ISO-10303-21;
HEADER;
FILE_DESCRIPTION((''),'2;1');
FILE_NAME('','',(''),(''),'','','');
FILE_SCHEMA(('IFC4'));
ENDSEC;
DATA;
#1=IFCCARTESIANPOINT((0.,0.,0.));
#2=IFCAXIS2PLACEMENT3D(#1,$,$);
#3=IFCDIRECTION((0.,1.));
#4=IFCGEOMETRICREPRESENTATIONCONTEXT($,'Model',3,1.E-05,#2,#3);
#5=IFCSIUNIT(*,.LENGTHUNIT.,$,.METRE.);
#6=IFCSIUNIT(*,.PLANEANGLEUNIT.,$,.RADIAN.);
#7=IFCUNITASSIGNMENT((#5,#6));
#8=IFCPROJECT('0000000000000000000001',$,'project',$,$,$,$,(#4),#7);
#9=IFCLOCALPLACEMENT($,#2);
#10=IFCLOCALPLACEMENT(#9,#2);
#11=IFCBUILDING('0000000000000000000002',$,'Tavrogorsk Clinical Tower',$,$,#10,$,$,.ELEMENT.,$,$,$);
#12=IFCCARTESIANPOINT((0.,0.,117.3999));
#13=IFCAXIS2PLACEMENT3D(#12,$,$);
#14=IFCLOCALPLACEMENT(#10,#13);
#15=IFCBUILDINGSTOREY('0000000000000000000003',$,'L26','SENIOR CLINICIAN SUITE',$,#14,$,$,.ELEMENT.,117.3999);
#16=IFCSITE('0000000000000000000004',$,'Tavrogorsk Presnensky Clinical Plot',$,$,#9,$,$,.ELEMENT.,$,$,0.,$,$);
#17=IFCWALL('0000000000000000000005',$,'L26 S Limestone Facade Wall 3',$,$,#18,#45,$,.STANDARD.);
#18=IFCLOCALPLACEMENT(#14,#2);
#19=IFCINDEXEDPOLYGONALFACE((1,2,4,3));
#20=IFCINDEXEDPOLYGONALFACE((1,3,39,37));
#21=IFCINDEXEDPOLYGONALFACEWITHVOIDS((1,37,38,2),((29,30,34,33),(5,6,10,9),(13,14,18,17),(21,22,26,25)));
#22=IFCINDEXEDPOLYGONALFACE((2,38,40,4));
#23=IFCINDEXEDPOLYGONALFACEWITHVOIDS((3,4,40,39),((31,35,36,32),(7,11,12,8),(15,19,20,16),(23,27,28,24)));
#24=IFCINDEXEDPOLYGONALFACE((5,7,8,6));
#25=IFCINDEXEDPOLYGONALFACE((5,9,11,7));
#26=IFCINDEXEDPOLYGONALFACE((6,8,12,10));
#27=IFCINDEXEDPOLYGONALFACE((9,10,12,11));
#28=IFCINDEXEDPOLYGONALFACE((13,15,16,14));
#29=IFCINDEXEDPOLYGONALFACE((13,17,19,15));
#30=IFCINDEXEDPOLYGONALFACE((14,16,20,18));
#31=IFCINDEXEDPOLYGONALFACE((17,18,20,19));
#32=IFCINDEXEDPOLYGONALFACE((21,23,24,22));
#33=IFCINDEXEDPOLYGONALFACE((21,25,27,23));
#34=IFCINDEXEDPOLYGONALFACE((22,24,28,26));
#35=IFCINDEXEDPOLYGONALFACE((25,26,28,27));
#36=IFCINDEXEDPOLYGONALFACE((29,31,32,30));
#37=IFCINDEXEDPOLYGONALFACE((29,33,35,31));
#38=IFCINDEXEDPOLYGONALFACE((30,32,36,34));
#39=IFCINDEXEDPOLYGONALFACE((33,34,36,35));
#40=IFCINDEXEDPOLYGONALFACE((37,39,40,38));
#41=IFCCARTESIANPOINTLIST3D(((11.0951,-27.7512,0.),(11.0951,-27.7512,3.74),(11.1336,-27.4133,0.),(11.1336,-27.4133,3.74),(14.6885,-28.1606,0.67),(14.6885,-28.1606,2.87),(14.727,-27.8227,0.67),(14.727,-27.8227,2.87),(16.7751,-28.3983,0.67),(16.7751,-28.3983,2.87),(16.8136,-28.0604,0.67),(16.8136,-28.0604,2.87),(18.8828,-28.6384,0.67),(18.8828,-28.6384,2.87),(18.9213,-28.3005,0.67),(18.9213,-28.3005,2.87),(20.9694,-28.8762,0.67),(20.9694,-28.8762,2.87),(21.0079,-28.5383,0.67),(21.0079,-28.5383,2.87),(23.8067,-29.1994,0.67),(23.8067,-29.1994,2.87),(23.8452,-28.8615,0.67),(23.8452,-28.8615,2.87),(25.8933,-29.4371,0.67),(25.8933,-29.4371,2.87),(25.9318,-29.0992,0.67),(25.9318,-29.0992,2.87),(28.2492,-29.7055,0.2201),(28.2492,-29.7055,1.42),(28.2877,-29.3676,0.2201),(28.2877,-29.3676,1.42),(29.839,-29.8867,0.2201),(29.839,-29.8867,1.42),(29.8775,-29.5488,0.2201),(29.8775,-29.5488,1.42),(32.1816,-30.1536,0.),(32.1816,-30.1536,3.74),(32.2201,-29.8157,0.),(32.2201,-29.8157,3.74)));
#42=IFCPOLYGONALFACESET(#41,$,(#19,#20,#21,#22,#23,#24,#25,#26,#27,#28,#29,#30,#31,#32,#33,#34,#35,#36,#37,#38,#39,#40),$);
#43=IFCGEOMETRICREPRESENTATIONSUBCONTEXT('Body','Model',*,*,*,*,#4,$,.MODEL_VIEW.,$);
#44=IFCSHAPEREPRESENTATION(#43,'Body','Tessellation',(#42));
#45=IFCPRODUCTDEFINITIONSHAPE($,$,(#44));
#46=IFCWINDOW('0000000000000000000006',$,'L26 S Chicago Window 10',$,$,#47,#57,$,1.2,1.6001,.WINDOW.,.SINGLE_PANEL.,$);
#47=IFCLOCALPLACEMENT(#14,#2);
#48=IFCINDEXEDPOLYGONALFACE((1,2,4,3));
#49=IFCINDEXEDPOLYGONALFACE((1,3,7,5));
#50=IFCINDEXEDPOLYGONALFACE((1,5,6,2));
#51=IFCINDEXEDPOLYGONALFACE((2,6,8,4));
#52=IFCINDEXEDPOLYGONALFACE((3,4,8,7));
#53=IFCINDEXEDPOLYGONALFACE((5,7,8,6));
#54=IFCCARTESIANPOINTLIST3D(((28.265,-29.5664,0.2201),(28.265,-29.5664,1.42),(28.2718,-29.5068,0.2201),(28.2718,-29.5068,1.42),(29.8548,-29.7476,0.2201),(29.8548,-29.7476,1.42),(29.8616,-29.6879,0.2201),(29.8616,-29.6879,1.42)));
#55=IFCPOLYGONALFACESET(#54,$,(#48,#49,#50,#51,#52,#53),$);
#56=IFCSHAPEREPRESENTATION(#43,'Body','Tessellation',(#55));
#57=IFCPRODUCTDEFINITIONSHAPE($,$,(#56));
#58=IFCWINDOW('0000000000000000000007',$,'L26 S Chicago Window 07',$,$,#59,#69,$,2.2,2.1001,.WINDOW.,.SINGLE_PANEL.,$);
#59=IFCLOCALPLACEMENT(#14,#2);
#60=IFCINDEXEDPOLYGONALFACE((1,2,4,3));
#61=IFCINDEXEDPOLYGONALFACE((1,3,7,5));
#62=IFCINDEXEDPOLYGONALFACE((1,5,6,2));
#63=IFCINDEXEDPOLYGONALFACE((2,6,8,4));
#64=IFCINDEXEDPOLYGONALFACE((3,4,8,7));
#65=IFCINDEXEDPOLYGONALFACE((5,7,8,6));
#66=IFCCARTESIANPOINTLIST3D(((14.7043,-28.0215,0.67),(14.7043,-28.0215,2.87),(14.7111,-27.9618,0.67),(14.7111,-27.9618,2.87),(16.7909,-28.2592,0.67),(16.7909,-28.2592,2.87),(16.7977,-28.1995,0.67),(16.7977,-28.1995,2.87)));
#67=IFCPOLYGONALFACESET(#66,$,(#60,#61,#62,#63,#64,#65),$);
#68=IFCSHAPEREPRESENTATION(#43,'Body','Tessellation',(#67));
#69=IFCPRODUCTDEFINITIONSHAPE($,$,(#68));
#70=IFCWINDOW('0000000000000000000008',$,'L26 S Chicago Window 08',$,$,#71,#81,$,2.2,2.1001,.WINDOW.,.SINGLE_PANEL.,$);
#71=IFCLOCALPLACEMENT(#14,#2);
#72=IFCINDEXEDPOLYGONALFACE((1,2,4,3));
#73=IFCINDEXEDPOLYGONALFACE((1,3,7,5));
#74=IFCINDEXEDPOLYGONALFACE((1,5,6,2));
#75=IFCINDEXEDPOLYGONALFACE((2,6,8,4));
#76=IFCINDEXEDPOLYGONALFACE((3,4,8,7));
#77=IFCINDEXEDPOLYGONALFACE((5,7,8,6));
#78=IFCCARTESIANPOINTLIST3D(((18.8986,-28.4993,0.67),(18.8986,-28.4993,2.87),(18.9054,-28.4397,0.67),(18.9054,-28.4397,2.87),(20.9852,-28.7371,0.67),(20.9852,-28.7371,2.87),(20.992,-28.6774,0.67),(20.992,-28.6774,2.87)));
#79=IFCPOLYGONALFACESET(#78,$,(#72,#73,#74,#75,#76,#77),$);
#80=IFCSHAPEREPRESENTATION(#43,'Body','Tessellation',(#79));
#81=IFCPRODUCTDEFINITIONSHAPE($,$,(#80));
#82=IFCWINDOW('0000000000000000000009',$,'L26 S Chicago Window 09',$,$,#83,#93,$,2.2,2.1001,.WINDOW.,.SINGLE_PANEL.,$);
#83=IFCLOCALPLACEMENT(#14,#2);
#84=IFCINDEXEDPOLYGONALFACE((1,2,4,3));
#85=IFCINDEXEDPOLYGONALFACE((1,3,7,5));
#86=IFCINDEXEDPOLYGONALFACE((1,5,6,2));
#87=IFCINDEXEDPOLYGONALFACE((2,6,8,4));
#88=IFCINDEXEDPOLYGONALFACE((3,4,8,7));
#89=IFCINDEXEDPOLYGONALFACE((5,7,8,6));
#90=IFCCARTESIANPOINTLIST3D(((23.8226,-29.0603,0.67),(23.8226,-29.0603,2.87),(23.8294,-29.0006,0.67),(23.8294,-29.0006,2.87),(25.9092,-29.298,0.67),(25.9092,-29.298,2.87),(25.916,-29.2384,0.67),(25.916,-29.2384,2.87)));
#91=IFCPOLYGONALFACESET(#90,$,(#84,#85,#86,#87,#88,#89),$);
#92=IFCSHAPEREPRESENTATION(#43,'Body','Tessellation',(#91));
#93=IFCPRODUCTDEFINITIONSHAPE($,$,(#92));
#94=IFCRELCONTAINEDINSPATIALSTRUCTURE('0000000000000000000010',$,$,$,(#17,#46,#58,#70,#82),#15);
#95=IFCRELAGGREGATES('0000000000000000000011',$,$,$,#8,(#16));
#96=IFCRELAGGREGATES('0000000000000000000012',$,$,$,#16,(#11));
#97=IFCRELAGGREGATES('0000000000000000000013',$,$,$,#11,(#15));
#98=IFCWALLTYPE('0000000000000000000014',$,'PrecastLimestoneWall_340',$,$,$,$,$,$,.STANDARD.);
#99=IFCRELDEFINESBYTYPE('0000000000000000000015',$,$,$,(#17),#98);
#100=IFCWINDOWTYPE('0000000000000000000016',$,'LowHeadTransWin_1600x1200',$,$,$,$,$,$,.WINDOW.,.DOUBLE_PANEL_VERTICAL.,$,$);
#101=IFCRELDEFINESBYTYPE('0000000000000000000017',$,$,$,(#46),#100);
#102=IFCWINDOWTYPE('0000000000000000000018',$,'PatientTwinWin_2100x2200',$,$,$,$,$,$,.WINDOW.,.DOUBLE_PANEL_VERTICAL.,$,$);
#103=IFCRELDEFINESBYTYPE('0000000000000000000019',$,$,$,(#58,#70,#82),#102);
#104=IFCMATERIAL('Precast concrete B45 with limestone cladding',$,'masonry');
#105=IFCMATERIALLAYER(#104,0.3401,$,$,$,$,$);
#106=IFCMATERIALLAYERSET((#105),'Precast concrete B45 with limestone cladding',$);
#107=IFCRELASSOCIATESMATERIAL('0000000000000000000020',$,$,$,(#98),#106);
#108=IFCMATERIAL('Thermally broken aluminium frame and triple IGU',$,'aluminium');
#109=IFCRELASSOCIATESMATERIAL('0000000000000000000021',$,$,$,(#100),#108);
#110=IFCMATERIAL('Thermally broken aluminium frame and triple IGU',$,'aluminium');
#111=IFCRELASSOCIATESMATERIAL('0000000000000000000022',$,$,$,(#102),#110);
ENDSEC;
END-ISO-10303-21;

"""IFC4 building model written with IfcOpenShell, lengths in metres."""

from ifc_helpers import new_model, si_unit, direction, frame, frame_2d, origin, place, context, subcontext, project, spatial, rectangle, extrude, material, layer, layer_set, type_object, element, fill, save


model = new_model("IFC4")

# Units and contexts
model_context = context("Model", 3, precision=1e-05, world=origin(), true_north=direction((0.0, 1.0)))
body_context = subcontext(model_context, "Body", "Model", "MODEL_VIEW")
ifc_project = project(units=[si_unit("LENGTHUNIT", "METRE"), si_unit("PLANEANGLEUNIT", "RADIAN")], contexts=[model_context])

# Site, building, storey
site_placement = place(None, origin())
site = spatial("IfcSite", under=ifc_project, at=site_placement, Name="Tavrogorsk Presnensky Clinical Plot", CompositionType="ELEMENT", RefElevation=0.0)
building_placement = place(site_placement, origin())
building = spatial("IfcBuilding", under=site, at=building_placement, Name="Tavrogorsk Clinical Tower", CompositionType="ELEMENT")
storey_placement = place(building_placement, frame((0.0, 0.0, 117.3999)))
storey = spatial("IfcBuildingStorey", under=building, at=storey_placement, Name="L26", Description="SENIOR CLINICIAN SUITE", CompositionType="ELEMENT", Elevation=117.3999)

# Wall, openings, windows
ifc_material_1 = material(Name="Precast concrete B45 with limestone cladding", Category="masonry")
ifc_layer_1 = layer(ifc_material_1, 0.3401)
ifc_layer_set_1 = layer_set([ifc_layer_1], Name="Precast concrete B45 with limestone cladding")
wall_type_1 = type_object("IfcWallType", Name="PrecastLimestoneWall_340", PredefinedType="STANDARD", material=ifc_layer_set_1)
wall_1_placement = place(storey_placement, frame((11.1145, -27.5823, 0.0), z_axis=(0.0, 0.0, 1.0), x_axis=(0.993573, -0.113196, 0.0)))
wall_1 = element("IfcWall", 1, at=wall_1_placement, inside=storey, type_object=wall_type_1, Name="L26 S Limestone Facade Wall 3", PredefinedType="STANDARD", context=body_context, shape_type="SweptSolid", body=[
    extrude(rectangle(XDim=21.2229, YDim=0.3401, at=frame_2d((10.6113, 0.0))), origin(), (0.0, 0.0, 1.0), 3.74),
])
opening_1_placement = place(wall_1_placement, frame((3.6165, 0.0, 0.6699)))
opening_1 = element("IfcOpeningElement", 2, at=opening_1_placement, cuts=wall_1, PredefinedType="OPENING", context=body_context, shape_type="SweptSolid", body=[
    extrude(rectangle(XDim=2.1001, YDim=2.2, at=frame_2d((1.05, 1.1001))), frame((0.0, 0.1799, 0.0), z_axis=(0.0, -1.0, 0.0), x_axis=(1.0, 0.0, 0.0)), (0.0, 0.0, 1.0), 0.3601),
])
opening_2_placement = place(wall_1_placement, frame((7.8379, 0.0, 0.6699)))
opening_2 = element("IfcOpeningElement", 3, at=opening_2_placement, cuts=wall_1, PredefinedType="OPENING", context=body_context, shape_type="SweptSolid", body=[
    extrude(rectangle(XDim=2.1001, YDim=2.2, at=frame_2d((1.05, 1.1001))), frame((0.0, 0.1799, 0.0), z_axis=(0.0, -1.0, 0.0), x_axis=(1.0, 0.0, 0.0)), (0.0, 0.0, 1.0), 0.3601),
])
opening_3_placement = place(wall_1_placement, frame((12.7937, 0.0, 0.6699)))
opening_3 = element("IfcOpeningElement", 4, at=opening_3_placement, cuts=wall_1, PredefinedType="OPENING", context=body_context, shape_type="SweptSolid", body=[
    extrude(rectangle(XDim=2.1001, YDim=2.2, at=frame_2d((1.05, 1.1001))), frame((0.0, 0.1799, 0.0), z_axis=(0.0, -1.0, 0.0), x_axis=(1.0, 0.0, 0.0)), (0.0, 0.0, 1.0), 0.3601),
])
opening_4_placement = place(wall_1_placement, frame((17.2649, 0.0, 0.22)))
opening_4 = element("IfcOpeningElement", 5, at=opening_4_placement, cuts=wall_1, PredefinedType="OPENING", context=body_context, shape_type="SweptSolid", body=[
    extrude(rectangle(XDim=1.6001, YDim=1.2, at=frame_2d((0.8, 0.6001))), frame((0.0, 0.1799, 0.0), z_axis=(0.0, -1.0, 0.0), x_axis=(1.0, 0.0, 0.0)), (0.0, 0.0, 1.0), 0.3601),
])
ifc_material_2 = material(Name="Thermally broken aluminium frame and triple IGU", Category="aluminium")
window_type_1 = type_object("IfcWindowType", Name="LowHeadTransWin_1600x1200", PartitioningType="DOUBLE_PANEL_VERTICAL", PredefinedType="WINDOW", material=ifc_material_2)
window_1_placement = place(opening_4_placement, origin())
window_1 = element("IfcWindow", 6, at=window_1_placement, inside=storey, type_object=window_type_1, Name="L26 S Chicago Window 10", OverallHeight=1.2, OverallWidth=1.6001, PartitioningType="SINGLE_PANEL", PredefinedType="WINDOW", context=body_context, shape_type="SweptSolid", body=[
    extrude(rectangle(XDim=1.6001, YDim=1.2, at=frame_2d((0.8, 0.6001))), frame((0.0, 0.03, 0.0), z_axis=(0.0, -1.0, 0.0), x_axis=(1.0, 0.0, 0.0)), (0.0, 0.0, 1.0), 0.0601),
])
fill(opening_4, window_1)
ifc_material_3 = material(Name="Thermally broken aluminium frame and triple IGU", Category="aluminium")
window_type_2 = type_object("IfcWindowType", Name="PatientTwinWin_2100x2200", PartitioningType="DOUBLE_PANEL_VERTICAL", PredefinedType="WINDOW", material=ifc_material_3)
window_2_placement = place(opening_1_placement, origin())
window_2 = element("IfcWindow", 7, at=window_2_placement, inside=storey, type_object=window_type_2, Name="L26 S Chicago Window 07", OverallHeight=2.2, OverallWidth=2.1001, PartitioningType="SINGLE_PANEL", PredefinedType="WINDOW", context=body_context, shape_type="SweptSolid", body=[
    extrude(rectangle(XDim=2.1001, YDim=2.2, at=frame_2d((1.05, 1.1001))), frame((0.0, 0.03, 0.0), z_axis=(0.0, -1.0, 0.0), x_axis=(1.0, 0.0, 0.0)), (0.0, 0.0, 1.0), 0.0601),
])
fill(opening_1, window_2)
window_3_placement = place(opening_2_placement, origin())
window_3 = element("IfcWindow", 8, at=window_3_placement, inside=storey, type_object=window_type_2, Name="L26 S Chicago Window 08", OverallHeight=2.2, OverallWidth=2.1001, PartitioningType="SINGLE_PANEL", PredefinedType="WINDOW", context=body_context, shape_type="SweptSolid", body=[
    extrude(rectangle(XDim=2.1001, YDim=2.2, at=frame_2d((1.05, 1.1001))), frame((0.0, 0.03, 0.0), z_axis=(0.0, -1.0, 0.0), x_axis=(1.0, 0.0, 0.0)), (0.0, 0.0, 1.0), 0.0601),
])
fill(opening_2, window_3)
window_4_placement = place(opening_3_placement, origin())
window_4 = element("IfcWindow", 9, at=window_4_placement, inside=storey, type_object=window_type_2, Name="L26 S Chicago Window 09", OverallHeight=2.2, OverallWidth=2.1001, PartitioningType="SINGLE_PANEL", PredefinedType="WINDOW", context=body_context, shape_type="SweptSolid", body=[
    extrude(rectangle(XDim=2.1001, YDim=2.2, at=frame_2d((1.05, 1.1001))), frame((0.0, 0.03, 0.0), z_axis=(0.0, -1.0, 0.0), x_axis=(1.0, 0.0, 0.0)), (0.0, 0.0, 1.0), 0.0601),
])
fill(opening_3, window_4)

save(model, "model.ifc")
